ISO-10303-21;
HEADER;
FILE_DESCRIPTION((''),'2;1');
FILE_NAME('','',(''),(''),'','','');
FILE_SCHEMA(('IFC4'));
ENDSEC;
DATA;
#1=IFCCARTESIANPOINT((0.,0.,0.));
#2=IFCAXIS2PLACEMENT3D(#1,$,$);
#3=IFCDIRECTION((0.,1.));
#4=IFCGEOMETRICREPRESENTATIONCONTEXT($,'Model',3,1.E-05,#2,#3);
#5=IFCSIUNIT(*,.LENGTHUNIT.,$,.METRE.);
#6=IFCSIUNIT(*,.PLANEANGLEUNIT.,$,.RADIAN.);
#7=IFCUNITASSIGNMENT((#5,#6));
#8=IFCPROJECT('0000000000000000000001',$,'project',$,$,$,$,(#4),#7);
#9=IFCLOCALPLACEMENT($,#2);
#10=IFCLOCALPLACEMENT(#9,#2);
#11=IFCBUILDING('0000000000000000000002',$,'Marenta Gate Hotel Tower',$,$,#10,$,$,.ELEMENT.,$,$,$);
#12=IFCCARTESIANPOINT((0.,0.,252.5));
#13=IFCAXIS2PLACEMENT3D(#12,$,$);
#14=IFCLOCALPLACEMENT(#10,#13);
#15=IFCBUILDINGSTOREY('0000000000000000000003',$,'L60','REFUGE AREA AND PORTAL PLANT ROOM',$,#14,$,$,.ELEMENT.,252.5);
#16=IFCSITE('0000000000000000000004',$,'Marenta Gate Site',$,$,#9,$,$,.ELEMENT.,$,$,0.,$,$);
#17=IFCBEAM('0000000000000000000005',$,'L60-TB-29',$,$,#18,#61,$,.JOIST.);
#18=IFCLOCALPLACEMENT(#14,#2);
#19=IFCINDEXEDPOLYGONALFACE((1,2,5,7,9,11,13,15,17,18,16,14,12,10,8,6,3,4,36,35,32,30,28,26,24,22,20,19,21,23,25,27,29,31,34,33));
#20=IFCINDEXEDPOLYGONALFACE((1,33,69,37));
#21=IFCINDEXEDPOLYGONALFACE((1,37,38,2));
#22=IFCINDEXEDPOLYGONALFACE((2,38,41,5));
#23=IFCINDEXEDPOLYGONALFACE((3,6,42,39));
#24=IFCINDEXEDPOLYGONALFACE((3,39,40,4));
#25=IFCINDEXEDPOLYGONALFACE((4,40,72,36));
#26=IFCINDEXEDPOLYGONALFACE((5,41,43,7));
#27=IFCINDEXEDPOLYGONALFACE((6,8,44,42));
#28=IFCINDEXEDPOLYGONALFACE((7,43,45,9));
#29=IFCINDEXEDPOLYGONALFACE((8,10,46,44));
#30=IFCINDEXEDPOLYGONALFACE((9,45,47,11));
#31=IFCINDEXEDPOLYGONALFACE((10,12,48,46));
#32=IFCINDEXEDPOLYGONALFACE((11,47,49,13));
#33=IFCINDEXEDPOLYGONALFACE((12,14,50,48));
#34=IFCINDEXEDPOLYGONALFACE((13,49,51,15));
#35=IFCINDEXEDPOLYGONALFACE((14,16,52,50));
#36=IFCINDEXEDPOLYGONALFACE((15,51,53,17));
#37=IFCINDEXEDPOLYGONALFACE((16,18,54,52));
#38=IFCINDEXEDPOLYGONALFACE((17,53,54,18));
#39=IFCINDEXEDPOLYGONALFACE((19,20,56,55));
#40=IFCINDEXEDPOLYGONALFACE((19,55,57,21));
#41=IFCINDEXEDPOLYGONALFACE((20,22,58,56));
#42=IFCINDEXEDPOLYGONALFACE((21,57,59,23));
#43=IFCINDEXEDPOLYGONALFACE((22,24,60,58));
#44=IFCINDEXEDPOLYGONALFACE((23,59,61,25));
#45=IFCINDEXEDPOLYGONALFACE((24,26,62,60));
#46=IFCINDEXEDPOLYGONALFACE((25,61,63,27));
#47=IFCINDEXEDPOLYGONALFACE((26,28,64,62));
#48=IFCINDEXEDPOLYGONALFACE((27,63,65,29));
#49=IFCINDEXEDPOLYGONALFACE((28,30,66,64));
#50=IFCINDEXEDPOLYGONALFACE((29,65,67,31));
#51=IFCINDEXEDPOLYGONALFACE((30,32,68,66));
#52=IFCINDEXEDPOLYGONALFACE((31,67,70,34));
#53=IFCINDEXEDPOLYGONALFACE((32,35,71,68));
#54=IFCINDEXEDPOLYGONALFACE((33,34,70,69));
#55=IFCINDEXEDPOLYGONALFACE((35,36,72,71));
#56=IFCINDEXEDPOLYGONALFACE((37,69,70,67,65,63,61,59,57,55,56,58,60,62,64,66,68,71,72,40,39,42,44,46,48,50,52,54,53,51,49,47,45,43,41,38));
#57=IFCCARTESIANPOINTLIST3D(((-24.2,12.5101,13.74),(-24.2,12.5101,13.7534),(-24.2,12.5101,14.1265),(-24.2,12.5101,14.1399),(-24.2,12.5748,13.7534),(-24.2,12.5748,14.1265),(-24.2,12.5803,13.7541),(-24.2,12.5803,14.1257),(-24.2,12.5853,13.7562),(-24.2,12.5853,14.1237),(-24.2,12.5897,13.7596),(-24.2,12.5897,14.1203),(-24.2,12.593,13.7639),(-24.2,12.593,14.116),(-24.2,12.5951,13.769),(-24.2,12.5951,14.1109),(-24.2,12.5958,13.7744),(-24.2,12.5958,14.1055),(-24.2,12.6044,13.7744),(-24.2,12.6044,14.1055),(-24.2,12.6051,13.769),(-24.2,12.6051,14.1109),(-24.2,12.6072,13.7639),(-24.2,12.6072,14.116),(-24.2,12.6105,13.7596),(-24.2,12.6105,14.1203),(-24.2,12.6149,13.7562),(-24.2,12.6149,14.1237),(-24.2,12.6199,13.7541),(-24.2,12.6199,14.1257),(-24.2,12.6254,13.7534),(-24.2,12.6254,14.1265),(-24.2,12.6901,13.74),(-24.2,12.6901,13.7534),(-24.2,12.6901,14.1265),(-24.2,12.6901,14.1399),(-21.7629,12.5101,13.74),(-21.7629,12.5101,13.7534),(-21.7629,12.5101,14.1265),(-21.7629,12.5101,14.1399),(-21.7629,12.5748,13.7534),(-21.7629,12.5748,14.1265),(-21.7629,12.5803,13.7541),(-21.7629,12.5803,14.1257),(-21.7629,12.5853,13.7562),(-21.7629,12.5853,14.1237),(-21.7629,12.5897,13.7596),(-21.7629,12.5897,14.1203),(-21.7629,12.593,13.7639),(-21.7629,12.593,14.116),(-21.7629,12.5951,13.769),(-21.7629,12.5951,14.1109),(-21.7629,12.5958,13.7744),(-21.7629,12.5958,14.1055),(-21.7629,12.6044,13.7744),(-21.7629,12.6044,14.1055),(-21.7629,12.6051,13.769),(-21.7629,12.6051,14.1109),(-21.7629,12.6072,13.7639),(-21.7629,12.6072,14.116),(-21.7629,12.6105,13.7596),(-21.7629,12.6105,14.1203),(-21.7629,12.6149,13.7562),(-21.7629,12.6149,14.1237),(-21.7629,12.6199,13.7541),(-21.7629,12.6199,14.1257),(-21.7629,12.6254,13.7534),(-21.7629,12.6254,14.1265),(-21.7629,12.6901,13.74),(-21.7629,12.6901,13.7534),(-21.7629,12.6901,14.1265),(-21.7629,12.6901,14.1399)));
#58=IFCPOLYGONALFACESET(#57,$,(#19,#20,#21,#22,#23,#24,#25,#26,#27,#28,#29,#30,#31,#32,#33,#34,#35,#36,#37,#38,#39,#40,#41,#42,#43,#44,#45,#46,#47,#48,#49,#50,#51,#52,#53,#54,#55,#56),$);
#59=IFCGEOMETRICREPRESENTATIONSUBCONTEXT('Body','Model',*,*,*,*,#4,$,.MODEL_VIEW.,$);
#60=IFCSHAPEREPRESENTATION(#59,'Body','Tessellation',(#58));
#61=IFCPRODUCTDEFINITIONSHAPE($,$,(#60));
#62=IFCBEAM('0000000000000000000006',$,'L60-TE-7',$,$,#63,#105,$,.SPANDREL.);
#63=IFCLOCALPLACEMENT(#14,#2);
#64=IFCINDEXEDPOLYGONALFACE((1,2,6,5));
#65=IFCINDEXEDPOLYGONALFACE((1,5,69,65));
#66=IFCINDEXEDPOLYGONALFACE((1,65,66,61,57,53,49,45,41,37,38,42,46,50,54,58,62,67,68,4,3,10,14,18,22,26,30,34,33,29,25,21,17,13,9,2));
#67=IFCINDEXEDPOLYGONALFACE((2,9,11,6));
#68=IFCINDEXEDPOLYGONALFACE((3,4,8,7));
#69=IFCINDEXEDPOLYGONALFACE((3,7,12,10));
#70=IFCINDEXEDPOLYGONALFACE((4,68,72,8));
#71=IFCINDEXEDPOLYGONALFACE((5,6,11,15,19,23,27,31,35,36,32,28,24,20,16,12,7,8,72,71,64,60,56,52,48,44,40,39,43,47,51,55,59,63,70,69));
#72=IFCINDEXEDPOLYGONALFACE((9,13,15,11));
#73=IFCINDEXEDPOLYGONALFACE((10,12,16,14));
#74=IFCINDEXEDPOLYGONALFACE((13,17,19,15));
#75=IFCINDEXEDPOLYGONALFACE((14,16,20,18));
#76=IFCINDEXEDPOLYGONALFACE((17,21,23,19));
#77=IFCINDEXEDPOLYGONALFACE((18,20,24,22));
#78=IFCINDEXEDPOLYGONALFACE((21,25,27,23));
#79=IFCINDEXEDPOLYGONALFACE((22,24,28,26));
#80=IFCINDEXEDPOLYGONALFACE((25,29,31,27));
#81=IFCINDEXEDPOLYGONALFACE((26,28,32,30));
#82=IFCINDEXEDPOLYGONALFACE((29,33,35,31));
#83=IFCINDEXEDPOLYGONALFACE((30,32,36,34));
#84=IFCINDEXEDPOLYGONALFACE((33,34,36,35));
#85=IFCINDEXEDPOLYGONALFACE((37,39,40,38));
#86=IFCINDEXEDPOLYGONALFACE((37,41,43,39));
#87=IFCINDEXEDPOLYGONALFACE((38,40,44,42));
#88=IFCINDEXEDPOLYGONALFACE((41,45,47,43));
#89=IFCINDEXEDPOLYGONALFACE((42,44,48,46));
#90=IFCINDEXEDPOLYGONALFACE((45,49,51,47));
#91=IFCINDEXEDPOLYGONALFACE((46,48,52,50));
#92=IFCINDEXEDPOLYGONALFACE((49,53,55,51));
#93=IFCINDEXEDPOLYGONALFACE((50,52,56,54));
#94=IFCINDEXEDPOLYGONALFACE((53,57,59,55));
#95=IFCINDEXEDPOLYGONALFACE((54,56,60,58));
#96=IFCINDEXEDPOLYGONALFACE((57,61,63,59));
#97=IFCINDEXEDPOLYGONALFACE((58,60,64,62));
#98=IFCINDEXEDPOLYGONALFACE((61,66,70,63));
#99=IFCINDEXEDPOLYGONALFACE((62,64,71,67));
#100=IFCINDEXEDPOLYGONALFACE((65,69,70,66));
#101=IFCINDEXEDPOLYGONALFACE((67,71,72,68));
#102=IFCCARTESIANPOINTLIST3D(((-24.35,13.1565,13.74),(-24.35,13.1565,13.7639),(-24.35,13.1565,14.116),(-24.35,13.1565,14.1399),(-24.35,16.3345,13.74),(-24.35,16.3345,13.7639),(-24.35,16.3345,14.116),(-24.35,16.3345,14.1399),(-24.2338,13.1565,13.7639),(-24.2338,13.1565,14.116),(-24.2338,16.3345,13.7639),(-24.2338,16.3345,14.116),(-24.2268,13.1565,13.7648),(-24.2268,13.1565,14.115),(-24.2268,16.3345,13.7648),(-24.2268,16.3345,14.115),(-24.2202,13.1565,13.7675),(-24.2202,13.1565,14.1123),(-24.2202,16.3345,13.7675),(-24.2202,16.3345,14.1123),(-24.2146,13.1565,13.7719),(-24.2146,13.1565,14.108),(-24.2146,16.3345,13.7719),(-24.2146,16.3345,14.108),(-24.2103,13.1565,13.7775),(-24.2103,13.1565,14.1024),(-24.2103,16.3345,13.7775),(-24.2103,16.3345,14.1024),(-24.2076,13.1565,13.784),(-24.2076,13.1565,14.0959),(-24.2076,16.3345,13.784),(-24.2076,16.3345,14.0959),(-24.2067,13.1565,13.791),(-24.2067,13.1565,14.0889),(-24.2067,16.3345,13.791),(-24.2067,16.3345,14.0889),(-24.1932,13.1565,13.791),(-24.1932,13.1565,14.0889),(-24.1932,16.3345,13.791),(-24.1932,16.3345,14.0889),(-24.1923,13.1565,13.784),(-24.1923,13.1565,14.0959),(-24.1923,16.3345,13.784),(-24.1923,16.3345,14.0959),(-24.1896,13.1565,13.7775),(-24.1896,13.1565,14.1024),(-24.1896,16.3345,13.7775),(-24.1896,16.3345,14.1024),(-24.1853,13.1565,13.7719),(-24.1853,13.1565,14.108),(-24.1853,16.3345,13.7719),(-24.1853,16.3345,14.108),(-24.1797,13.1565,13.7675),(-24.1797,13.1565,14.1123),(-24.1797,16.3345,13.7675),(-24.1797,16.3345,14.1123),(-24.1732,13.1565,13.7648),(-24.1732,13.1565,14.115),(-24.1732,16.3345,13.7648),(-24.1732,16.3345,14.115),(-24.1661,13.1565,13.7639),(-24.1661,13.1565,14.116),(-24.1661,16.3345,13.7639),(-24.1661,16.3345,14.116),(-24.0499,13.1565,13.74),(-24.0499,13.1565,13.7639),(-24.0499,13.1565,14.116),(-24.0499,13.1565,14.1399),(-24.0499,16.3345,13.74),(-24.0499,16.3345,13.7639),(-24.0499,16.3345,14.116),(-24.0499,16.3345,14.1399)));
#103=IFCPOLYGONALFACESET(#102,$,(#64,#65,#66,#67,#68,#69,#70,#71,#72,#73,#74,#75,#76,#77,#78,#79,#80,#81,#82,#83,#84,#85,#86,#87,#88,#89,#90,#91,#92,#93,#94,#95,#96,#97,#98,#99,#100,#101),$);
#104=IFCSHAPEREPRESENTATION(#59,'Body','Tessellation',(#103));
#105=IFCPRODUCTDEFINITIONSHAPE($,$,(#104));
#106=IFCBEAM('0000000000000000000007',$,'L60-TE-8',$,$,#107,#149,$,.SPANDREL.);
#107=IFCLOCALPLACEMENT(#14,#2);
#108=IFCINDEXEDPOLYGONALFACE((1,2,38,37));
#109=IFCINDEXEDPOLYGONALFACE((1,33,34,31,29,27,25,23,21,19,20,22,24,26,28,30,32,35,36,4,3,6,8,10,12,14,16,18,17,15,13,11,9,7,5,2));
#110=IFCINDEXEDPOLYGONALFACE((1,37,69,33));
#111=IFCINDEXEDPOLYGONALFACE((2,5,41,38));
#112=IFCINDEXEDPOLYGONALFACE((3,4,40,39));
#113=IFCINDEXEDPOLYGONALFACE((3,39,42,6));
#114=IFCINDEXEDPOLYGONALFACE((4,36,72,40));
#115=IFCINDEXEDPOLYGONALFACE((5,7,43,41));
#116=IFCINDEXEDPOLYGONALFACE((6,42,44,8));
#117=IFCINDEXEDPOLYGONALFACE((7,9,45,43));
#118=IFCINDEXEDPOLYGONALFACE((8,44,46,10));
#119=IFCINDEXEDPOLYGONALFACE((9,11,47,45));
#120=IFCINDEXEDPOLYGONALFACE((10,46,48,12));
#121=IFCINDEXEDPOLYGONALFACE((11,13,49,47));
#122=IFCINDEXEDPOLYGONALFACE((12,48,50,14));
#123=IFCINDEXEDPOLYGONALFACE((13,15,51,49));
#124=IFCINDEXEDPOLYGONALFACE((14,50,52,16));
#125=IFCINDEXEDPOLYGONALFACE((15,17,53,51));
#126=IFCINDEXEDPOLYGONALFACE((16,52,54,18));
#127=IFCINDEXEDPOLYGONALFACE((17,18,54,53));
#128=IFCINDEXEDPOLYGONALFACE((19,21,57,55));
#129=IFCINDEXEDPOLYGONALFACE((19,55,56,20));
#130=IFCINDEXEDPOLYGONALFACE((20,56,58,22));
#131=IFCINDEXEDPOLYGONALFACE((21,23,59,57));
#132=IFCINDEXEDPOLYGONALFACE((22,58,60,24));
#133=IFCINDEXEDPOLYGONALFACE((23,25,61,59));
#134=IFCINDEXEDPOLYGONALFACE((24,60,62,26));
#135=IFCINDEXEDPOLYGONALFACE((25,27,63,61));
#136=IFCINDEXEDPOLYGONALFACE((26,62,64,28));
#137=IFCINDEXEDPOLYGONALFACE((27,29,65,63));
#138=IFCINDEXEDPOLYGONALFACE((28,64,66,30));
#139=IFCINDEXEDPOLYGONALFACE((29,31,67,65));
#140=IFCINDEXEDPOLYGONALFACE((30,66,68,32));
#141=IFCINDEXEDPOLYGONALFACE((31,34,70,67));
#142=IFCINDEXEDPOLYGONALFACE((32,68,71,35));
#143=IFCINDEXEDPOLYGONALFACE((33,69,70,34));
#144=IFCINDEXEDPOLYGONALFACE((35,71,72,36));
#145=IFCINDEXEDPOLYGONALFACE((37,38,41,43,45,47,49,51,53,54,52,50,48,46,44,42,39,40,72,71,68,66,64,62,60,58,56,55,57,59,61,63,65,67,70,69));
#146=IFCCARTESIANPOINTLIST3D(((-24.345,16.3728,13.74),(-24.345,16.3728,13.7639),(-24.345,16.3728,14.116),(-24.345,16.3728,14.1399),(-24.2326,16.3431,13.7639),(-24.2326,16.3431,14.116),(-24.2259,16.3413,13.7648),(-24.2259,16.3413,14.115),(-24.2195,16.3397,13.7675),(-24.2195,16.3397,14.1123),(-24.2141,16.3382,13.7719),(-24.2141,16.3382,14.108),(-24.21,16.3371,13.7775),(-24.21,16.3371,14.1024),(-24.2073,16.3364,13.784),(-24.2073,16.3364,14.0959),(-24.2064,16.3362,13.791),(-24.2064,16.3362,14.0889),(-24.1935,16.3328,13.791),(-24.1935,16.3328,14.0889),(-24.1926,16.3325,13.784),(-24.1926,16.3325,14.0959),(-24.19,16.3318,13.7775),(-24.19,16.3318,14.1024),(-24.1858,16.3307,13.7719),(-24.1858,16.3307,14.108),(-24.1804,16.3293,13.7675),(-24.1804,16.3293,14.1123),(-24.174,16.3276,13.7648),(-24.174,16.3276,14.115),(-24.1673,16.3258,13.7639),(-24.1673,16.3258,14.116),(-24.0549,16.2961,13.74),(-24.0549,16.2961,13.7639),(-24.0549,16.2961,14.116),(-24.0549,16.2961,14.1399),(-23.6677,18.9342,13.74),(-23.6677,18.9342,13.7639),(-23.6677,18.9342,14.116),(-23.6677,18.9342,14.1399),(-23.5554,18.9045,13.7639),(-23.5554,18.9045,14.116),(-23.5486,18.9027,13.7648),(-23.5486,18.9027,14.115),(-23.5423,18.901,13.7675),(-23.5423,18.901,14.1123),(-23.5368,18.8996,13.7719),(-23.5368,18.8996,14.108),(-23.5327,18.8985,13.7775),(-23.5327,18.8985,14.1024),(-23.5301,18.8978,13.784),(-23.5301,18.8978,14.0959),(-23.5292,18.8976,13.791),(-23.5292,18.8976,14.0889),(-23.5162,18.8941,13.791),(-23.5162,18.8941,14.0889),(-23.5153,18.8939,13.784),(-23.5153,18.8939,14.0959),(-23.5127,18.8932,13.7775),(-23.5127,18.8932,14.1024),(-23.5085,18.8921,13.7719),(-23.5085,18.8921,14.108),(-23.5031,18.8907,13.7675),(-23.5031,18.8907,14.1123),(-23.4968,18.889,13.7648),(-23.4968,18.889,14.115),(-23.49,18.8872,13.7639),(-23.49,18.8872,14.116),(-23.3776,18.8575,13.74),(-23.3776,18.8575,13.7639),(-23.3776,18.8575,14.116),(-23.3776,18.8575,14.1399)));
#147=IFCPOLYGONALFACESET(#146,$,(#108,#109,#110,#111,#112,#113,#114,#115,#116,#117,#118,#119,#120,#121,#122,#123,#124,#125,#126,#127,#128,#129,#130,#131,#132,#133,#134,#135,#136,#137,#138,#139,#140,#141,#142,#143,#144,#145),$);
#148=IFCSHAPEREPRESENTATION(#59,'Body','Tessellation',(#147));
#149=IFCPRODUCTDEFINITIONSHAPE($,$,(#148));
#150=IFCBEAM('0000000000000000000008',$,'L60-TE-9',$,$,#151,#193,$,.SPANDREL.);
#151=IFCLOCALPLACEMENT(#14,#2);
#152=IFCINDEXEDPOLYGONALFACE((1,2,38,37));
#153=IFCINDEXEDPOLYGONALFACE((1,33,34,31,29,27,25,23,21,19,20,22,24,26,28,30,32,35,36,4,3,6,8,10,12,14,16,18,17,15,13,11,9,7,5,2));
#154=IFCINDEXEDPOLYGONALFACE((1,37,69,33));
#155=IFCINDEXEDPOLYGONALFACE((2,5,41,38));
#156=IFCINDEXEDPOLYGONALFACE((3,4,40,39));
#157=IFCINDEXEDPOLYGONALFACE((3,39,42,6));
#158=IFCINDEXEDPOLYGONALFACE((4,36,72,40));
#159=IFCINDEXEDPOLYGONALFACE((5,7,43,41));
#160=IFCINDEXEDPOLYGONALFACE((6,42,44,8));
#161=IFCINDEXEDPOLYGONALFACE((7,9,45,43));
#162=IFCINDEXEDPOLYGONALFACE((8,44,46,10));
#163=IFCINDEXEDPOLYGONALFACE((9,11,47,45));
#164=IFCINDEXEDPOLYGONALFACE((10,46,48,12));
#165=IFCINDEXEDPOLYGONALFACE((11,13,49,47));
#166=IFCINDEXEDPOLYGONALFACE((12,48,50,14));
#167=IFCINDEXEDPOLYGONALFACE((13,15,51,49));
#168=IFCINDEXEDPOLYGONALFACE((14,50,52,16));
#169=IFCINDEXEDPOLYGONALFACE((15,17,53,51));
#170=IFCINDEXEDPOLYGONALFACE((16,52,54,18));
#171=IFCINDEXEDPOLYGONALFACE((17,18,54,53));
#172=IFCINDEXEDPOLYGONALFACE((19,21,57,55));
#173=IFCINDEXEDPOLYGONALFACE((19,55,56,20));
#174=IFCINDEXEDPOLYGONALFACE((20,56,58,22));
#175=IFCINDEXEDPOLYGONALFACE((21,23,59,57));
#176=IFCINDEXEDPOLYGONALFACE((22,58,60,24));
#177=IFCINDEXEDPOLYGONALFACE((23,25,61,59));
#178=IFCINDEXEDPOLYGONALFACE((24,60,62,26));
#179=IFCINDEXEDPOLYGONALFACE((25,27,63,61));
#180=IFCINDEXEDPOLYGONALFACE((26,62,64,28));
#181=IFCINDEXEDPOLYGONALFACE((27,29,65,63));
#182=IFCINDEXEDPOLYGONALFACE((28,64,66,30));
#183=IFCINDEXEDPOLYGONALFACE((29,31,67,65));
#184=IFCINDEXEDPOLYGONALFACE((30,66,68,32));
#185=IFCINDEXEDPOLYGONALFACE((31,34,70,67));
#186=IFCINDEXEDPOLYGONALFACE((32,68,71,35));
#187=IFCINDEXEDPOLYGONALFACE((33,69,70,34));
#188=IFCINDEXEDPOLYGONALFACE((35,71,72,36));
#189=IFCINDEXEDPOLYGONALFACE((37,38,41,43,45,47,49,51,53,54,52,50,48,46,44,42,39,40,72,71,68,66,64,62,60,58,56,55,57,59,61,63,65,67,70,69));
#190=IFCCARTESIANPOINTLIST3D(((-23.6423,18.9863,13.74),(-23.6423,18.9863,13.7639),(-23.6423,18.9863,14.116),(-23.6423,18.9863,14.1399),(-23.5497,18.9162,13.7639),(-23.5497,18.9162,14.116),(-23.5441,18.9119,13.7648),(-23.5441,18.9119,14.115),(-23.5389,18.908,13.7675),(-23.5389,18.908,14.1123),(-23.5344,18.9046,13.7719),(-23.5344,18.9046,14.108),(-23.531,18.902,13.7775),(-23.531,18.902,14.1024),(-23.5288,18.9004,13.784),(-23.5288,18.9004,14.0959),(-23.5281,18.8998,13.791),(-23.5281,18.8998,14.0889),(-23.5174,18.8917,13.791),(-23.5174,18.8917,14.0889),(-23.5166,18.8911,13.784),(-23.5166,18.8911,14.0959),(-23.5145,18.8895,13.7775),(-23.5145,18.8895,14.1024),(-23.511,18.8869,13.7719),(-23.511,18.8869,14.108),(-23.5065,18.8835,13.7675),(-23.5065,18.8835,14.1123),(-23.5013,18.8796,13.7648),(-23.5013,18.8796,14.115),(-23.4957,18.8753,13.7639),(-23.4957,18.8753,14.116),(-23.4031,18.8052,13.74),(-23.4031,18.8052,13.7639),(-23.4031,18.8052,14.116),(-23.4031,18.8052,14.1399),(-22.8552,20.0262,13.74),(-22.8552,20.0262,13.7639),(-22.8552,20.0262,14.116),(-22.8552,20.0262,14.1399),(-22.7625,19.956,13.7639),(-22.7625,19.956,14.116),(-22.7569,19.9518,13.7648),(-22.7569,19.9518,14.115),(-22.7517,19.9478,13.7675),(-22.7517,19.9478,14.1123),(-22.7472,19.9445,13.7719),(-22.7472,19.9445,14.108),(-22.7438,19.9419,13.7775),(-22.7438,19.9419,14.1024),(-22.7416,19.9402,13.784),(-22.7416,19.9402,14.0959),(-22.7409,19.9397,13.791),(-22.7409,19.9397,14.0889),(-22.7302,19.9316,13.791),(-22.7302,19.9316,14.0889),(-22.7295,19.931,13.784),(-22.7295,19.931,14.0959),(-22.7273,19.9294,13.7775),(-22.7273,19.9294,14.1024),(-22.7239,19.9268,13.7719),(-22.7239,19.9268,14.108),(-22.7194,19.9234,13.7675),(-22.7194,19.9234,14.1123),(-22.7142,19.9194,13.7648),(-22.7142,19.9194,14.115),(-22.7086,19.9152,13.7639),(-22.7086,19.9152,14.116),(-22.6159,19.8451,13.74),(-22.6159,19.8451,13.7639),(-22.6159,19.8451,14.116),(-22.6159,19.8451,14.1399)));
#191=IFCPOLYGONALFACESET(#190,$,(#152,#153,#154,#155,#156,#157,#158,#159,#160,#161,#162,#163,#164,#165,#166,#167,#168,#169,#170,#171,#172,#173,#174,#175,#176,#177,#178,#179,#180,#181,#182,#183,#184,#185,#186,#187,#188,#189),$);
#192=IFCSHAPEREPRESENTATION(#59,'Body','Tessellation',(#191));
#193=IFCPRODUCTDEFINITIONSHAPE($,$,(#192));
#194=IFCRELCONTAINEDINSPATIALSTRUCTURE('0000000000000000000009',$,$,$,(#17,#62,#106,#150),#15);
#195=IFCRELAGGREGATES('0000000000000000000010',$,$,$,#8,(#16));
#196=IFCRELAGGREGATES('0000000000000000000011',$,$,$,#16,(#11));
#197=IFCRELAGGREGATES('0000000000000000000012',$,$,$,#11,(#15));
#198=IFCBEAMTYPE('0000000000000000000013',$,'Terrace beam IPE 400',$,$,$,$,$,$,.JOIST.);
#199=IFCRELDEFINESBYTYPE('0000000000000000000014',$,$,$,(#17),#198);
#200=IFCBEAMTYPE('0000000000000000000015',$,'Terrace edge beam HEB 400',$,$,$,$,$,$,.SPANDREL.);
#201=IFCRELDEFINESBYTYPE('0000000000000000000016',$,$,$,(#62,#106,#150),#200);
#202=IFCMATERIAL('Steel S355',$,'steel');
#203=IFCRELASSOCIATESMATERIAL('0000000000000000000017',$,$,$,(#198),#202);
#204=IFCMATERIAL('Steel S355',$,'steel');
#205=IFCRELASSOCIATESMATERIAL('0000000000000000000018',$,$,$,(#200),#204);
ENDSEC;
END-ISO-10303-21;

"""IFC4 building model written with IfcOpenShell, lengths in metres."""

from ifc_helpers import new_model, si_unit, direction, frame, origin, origin_2d, place, context, subcontext, project, spatial, i_section, extrude, material, material_profile, profile_set, type_object, element, save


model = new_model("IFC4")

# Units and contexts
model_context = context("Model", 3, precision=1e-05, world=origin(), true_north=direction((0.0, 1.0)))
body_context = subcontext(model_context, "Body", "Model", "MODEL_VIEW")
ifc_project = project(units=[si_unit("LENGTHUNIT", "METRE"), si_unit("PLANEANGLEUNIT", "RADIAN")], contexts=[model_context])

# Site, building, storey
site_placement = place(None, origin())
site = spatial("IfcSite", under=ifc_project, at=site_placement, Name="Marenta Gate Site", CompositionType="ELEMENT", RefElevation=0.0)
building_placement = place(site_placement, origin())
building = spatial("IfcBuilding", under=site, at=building_placement, Name="Marenta Gate Hotel Tower", CompositionType="ELEMENT")
storey_placement = place(building_placement, frame((0.0, 0.0, 252.5)))
storey = spatial("IfcBuildingStorey", under=building, at=storey_placement, Name="L60", Description="REFUGE AREA AND PORTAL PLANT ROOM", CompositionType="ELEMENT", Elevation=252.5)

# Beams
ifc_material_1 = material(Name="Steel S355", Category="steel")
ifc_material_profile_1 = material_profile(ifc_material_1, i_section(OverallWidth=0.1799, OverallDepth=0.3999, WebThickness=0.0085, FlangeThickness=0.0134, FilletRadius=0.021, at=origin_2d()), Name="IPE 400")
ifc_profile_set_1 = profile_set([ifc_material_profile_1], Name="Steel S355")
beam_type_1 = type_object("IfcBeamType", Name="Terrace beam IPE 400", PredefinedType="JOIST", material=ifc_profile_set_1)
beam_1_placement = place(storey_placement, frame((-24.2, 12.6001, 13.9399), z_axis=(1.0, 0.0, 0.0), x_axis=(0.0, 1.0, 0.0)))
element("IfcBeam", 1, at=beam_1_placement, inside=storey, type_object=beam_type_1, Name="L60-TB-29", PredefinedType="JOIST", context=body_context, shape_type="SweptSolid", body=[
    extrude(i_section(OverallWidth=0.1799, OverallDepth=0.3999, WebThickness=0.0085, FlangeThickness=0.0134, FilletRadius=0.021, at=origin_2d()), origin(), (0.0, 0.0, 1.0), 2.437),
])
ifc_material_2 = material(Name="Steel S355", Category="steel")
ifc_material_profile_2 = material_profile(ifc_material_2, i_section(OverallWidth=0.3, OverallDepth=0.3999, WebThickness=0.0134, FlangeThickness=0.0239, FilletRadius=0.0271, at=origin_2d()), Name="HEB 400")
ifc_profile_set_2 = profile_set([ifc_material_profile_2], Name="Steel S355")
beam_type_2 = type_object("IfcBeamType", Name="Terrace edge beam HEB 400", PredefinedType="SPANDREL", material=ifc_profile_set_2)
beam_2_placement = place(storey_placement, frame((-24.2, 13.1565, 13.9399), z_axis=(0.0, 1.0, 0.0), x_axis=(-1.0, 0.0, 0.0)))
element("IfcBeam", 2, at=beam_2_placement, inside=storey, type_object=beam_type_2, Name="L60-TE-7", PredefinedType="SPANDREL", context=body_context, shape_type="SweptSolid", body=[
    extrude(i_section(OverallWidth=0.3, OverallDepth=0.3999, WebThickness=0.0134, FlangeThickness=0.0239, FilletRadius=0.0271, at=origin_2d()), origin(), (0.0, 0.0, 1.0), 3.178),
])
beam_3_placement = place(storey_placement, frame((-24.2, 16.3345, 13.9399), z_axis=(0.255632, 0.966774, 0.0), x_axis=(-0.966774, 0.255632, 0.0)))
element("IfcBeam", 3, at=beam_3_placement, inside=storey, type_object=beam_type_2, Name="L60-TE-8", PredefinedType="SPANDREL", context=body_context, shape_type="SweptSolid", body=[
    extrude(i_section(OverallWidth=0.3, OverallDepth=0.3999, WebThickness=0.0134, FlangeThickness=0.0239, FilletRadius=0.0271, at=origin_2d()), origin(), (0.0, 0.0, 1.0), 2.6494),
])
beam_4_placement = place(storey_placement, frame((-23.5227, 18.8958, 13.9399), z_axis=(0.603558, 0.797319, 0.0), x_axis=(-0.797319, 0.603558, 0.0)))
element("IfcBeam", 4, at=beam_4_placement, inside=storey, type_object=beam_type_2, Name="L60-TE-9", PredefinedType="SPANDREL", context=body_context, shape_type="SweptSolid", body=[
    extrude(i_section(OverallWidth=0.3, OverallDepth=0.3999, WebThickness=0.0134, FlangeThickness=0.0239, FilletRadius=0.0271, at=origin_2d()), origin(), (0.0, 0.0, 1.0), 1.3042),
])

save(model, "model.ifc")
